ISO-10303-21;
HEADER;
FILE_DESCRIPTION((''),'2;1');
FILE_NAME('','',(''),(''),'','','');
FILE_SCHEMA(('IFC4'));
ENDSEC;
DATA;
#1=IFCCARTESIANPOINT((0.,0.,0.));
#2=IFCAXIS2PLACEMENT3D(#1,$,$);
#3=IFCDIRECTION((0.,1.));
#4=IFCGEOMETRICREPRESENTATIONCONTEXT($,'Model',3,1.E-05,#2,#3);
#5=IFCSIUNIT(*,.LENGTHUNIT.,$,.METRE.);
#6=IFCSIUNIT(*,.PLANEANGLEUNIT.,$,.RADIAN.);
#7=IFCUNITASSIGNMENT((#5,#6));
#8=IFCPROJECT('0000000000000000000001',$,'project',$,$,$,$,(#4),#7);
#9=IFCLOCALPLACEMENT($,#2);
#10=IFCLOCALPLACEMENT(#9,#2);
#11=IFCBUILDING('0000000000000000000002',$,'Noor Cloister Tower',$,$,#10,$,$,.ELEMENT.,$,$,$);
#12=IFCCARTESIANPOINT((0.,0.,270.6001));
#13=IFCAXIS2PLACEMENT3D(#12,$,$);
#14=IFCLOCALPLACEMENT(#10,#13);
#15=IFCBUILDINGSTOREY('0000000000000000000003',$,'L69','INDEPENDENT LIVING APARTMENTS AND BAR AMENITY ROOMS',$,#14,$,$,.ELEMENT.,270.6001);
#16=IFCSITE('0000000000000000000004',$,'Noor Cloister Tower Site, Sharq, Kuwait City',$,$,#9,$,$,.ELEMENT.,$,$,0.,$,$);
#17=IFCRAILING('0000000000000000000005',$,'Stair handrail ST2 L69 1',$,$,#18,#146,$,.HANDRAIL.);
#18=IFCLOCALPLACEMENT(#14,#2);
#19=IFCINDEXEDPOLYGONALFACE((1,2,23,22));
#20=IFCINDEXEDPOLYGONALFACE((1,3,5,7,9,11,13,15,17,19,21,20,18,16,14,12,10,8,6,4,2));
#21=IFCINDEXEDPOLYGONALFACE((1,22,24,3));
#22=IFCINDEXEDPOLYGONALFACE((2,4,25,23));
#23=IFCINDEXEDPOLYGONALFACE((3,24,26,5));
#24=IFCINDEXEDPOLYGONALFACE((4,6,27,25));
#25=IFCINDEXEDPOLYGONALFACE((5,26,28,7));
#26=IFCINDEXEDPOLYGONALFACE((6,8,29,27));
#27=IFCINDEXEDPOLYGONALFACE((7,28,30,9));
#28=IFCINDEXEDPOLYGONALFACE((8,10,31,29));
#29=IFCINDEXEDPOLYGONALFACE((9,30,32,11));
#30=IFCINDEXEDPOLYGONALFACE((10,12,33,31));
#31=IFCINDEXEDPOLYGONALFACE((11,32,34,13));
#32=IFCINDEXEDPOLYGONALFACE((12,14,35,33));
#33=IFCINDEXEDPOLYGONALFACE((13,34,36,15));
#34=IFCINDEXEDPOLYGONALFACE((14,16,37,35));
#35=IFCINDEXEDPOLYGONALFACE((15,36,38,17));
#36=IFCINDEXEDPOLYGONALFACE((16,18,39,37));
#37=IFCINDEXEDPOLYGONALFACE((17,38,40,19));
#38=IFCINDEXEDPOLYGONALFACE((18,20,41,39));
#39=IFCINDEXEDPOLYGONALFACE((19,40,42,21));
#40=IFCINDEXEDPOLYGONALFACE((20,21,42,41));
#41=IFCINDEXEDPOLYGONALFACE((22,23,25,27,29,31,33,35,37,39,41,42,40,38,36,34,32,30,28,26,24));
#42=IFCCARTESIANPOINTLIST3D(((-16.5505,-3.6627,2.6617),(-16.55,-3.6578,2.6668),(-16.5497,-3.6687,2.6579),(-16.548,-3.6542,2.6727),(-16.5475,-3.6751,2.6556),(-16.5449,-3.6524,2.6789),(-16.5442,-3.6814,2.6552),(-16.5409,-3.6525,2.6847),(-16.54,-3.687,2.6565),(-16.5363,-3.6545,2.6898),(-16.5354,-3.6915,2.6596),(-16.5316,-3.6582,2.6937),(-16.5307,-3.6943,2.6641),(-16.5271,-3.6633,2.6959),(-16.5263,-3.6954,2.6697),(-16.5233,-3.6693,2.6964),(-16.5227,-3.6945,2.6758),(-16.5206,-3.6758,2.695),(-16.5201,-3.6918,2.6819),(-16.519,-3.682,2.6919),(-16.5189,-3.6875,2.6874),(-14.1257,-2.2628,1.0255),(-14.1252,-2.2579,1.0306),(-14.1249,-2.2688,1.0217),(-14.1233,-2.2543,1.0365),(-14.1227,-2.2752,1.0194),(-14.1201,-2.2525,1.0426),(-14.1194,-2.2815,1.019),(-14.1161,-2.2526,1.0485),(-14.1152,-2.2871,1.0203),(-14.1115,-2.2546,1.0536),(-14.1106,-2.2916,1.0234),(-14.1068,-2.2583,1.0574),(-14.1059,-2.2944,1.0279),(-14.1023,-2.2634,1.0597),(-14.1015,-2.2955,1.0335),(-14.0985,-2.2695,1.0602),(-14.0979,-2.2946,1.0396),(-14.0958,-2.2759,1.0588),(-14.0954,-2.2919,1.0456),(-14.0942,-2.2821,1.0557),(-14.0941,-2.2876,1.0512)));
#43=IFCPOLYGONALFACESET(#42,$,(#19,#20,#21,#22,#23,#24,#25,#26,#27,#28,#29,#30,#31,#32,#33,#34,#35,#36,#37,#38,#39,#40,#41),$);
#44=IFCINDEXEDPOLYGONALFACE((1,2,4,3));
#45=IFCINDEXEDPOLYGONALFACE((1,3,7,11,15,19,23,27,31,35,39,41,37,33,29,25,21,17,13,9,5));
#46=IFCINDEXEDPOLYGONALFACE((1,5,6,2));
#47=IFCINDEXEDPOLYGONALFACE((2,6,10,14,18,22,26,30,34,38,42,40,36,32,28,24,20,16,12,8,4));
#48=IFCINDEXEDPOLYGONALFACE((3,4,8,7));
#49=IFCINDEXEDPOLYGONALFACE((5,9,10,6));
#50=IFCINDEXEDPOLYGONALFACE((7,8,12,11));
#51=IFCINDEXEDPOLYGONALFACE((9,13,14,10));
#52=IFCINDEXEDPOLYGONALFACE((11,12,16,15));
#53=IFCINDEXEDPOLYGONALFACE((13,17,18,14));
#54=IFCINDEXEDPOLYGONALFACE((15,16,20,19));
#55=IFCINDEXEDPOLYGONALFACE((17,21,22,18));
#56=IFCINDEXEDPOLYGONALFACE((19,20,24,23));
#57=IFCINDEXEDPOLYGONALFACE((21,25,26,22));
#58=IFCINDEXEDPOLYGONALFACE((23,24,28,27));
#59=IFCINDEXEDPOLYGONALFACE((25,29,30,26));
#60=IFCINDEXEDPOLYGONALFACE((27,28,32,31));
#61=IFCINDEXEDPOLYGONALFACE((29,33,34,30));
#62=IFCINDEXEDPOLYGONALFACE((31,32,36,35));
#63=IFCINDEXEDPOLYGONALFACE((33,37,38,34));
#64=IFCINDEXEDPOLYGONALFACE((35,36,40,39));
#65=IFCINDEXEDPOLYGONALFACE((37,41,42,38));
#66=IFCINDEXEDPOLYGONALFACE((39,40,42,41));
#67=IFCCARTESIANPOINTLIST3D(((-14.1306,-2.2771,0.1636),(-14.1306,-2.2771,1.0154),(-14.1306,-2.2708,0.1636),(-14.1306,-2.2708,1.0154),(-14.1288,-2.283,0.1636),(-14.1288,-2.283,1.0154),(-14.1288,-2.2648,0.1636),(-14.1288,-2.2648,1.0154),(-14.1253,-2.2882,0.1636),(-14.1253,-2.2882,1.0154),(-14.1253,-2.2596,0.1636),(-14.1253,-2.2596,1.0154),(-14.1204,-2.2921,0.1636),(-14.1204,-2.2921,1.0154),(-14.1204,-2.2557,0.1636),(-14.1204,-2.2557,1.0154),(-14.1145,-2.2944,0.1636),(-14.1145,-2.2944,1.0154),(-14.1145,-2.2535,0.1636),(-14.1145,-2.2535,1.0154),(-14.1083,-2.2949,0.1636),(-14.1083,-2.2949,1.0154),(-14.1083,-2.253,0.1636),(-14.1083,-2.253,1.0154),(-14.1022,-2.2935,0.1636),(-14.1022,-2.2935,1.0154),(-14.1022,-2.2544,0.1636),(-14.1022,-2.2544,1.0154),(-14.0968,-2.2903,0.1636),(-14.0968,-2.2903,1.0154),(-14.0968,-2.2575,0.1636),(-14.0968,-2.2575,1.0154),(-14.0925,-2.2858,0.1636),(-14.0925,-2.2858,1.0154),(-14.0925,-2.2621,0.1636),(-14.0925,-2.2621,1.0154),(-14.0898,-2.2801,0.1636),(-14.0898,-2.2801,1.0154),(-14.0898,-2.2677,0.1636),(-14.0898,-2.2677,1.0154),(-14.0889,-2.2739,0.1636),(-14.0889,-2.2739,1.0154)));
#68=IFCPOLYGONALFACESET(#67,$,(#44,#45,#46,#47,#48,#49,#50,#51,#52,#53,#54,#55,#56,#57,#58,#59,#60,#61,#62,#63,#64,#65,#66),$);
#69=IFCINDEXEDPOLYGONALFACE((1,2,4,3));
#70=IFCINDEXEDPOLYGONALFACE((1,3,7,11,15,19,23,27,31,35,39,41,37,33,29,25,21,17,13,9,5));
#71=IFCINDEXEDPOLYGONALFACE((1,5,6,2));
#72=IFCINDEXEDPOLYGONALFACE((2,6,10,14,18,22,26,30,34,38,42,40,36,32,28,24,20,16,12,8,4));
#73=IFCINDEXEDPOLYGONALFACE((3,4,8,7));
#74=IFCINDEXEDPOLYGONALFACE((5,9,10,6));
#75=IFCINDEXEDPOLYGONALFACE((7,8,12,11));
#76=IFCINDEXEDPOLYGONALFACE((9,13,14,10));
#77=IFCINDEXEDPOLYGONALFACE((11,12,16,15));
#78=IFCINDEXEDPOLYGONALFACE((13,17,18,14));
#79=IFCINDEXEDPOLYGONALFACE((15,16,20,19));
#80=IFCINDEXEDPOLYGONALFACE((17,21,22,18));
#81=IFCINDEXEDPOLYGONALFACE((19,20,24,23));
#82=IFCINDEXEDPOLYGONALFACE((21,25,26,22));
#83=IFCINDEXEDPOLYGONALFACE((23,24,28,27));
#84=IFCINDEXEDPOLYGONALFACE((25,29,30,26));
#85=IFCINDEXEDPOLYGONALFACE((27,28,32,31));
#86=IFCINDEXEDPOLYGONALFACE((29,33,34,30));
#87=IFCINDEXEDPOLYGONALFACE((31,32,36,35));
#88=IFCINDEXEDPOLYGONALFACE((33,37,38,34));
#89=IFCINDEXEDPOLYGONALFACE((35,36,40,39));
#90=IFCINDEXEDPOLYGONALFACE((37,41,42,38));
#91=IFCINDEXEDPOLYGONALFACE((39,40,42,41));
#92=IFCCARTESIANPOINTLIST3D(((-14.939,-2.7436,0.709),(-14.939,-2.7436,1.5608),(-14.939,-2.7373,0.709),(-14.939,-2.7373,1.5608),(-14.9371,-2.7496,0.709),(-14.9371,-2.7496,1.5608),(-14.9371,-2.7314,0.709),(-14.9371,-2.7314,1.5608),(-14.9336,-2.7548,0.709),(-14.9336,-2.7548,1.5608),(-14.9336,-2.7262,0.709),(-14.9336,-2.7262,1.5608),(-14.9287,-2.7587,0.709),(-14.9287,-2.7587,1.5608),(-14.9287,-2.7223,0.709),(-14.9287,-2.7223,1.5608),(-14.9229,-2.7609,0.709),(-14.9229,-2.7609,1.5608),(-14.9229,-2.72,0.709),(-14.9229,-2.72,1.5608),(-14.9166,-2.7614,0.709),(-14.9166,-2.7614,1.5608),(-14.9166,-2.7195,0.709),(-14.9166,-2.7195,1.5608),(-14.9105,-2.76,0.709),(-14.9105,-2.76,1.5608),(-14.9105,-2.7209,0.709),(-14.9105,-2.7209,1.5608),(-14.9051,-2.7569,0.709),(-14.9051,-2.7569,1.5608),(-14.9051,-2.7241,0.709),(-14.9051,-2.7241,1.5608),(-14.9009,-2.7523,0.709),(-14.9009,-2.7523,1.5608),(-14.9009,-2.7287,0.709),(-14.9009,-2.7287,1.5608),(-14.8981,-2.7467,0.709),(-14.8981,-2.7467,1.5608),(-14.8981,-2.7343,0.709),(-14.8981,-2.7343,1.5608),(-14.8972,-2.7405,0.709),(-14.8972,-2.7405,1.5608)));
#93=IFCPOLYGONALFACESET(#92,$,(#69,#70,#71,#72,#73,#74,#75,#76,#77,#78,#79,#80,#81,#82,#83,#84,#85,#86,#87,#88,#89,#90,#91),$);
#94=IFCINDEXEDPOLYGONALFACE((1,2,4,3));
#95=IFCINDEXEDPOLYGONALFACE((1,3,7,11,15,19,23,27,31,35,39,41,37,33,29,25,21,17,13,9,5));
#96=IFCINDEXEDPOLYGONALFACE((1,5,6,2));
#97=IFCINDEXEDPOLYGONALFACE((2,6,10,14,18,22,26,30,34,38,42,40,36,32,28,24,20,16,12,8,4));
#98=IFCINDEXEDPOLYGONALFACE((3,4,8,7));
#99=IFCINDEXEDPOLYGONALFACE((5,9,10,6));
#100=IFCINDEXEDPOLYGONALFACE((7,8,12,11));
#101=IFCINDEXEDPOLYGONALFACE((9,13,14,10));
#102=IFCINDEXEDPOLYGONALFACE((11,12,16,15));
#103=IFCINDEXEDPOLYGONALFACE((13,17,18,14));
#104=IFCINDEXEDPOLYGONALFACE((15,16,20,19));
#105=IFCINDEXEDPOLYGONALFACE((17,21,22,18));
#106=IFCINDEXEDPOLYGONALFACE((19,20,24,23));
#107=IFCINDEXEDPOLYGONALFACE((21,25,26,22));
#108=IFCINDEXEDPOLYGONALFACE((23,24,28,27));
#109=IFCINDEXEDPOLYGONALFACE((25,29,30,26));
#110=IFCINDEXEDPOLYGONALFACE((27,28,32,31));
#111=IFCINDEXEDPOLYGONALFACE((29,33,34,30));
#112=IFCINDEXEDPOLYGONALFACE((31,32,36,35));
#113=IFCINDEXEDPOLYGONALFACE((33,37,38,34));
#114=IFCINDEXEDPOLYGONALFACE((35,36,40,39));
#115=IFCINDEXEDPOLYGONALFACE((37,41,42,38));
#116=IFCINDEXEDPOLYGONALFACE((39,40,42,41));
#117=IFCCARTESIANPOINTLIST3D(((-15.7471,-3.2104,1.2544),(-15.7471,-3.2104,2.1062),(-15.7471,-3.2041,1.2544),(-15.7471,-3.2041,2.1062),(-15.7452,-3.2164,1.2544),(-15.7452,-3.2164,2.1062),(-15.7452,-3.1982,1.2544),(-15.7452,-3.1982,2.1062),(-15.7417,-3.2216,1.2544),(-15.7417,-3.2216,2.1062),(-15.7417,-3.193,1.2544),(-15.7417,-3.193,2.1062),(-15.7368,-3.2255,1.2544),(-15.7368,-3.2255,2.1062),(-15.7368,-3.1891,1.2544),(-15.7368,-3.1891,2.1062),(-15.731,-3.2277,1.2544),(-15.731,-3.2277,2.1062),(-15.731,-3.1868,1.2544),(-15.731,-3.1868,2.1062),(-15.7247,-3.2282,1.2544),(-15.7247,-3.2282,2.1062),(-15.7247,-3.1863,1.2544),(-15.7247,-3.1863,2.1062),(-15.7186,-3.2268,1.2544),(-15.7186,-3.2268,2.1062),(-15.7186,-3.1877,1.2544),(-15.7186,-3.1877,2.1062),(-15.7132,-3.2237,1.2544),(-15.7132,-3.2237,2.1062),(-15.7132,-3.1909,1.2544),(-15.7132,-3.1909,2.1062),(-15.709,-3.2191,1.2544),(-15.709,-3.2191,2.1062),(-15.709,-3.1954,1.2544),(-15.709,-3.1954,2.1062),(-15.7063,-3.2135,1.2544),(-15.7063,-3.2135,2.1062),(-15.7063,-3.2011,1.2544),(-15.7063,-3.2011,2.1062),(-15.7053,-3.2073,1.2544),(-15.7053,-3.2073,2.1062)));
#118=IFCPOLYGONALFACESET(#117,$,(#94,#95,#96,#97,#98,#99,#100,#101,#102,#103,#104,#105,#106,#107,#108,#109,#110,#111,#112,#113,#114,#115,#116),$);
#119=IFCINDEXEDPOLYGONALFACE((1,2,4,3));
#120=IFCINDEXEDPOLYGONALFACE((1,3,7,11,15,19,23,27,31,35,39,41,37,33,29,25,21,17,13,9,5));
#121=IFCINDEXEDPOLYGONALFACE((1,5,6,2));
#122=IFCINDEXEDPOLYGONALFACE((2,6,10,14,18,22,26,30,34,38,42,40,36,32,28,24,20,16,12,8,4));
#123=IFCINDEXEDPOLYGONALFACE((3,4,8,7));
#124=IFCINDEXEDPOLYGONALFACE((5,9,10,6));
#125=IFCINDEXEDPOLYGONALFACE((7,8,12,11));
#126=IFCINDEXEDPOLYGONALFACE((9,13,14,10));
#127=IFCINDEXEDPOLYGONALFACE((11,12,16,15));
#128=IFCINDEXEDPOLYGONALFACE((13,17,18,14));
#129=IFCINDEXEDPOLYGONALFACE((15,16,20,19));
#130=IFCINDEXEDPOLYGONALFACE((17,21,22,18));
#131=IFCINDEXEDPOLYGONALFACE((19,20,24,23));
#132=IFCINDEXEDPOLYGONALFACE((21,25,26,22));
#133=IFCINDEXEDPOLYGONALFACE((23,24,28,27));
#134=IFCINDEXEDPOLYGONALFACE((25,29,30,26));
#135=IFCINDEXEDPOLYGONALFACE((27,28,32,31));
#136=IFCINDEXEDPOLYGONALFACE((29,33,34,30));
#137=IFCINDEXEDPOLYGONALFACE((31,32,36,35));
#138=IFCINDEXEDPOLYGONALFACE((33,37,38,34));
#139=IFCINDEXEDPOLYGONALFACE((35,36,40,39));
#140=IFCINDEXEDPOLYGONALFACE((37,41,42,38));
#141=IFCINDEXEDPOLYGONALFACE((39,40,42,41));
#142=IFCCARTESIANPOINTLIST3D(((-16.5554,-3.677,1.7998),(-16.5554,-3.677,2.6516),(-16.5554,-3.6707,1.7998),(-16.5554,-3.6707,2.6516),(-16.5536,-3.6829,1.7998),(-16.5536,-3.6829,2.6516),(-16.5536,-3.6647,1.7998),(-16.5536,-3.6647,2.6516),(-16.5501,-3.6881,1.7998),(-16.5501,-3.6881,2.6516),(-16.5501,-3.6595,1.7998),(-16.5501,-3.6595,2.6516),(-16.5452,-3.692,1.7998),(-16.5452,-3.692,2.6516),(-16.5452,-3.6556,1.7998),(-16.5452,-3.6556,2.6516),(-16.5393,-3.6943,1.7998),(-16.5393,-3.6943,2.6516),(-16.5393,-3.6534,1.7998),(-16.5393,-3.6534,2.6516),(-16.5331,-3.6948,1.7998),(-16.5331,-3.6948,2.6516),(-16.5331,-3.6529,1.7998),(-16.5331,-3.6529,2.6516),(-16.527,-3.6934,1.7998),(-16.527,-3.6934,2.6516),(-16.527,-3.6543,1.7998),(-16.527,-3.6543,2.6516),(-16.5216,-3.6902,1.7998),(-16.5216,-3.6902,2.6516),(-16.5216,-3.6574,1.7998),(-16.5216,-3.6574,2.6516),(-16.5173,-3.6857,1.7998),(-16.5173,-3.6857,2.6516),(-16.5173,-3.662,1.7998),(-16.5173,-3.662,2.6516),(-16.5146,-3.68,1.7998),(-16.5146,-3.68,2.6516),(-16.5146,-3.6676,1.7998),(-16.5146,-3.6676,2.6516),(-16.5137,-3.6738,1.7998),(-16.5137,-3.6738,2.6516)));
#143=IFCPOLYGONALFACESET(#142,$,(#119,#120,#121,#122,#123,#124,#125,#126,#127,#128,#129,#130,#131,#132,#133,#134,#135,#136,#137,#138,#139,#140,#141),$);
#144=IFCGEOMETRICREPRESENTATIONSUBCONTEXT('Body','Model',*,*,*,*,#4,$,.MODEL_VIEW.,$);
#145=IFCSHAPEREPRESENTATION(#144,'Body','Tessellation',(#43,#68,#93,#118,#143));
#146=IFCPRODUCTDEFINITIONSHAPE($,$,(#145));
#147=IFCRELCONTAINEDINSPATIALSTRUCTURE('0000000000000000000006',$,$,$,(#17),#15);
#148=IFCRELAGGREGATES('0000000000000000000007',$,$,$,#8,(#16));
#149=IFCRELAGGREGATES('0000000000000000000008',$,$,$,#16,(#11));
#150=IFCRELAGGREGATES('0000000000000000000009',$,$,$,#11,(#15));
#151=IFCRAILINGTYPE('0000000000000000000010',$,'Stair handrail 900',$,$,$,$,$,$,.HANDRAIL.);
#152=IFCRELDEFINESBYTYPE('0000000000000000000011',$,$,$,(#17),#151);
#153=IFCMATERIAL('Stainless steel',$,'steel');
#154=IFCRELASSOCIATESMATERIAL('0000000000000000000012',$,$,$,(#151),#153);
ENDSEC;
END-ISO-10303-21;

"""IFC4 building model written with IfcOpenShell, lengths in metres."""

from ifc_helpers import new_model, si_unit, direction, frame, origin, origin_2d, place, context, subcontext, project, spatial, circle, extrude, material, type_object, element, save


model = new_model("IFC4")

# Units and contexts
model_context = context("Model", 3, precision=1e-05, world=origin(), true_north=direction((0.0, 1.0)))
body_context = subcontext(model_context, "Body", "Model", "MODEL_VIEW")
ifc_project = project(units=[si_unit("LENGTHUNIT", "METRE"), si_unit("PLANEANGLEUNIT", "RADIAN")], contexts=[model_context])

# Site, building, storey
site_placement = place(None, origin())
site = spatial("IfcSite", under=ifc_project, at=site_placement, Name="Noor Cloister Tower Site, Sharq, Kuwait City", CompositionType="ELEMENT", RefElevation=0.0)
building_placement = place(site_placement, origin())
building = spatial("IfcBuilding", under=site, at=building_placement, Name="Noor Cloister Tower", CompositionType="ELEMENT")
storey_placement = place(building_placement, frame((0.0, 0.0, 270.6001)))
storey = spatial("IfcBuildingStorey", under=building, at=storey_placement, Name="L69", Description="INDEPENDENT LIVING APARTMENTS AND BAR AMENITY ROOMS", CompositionType="ELEMENT", Elevation=270.6001)

# Railing
ifc_material_1 = material(Name="Stainless steel", Category="steel")
railing_type_1 = type_object("IfcRailingType", Name="Stair handrail 900", PredefinedType="HANDRAIL", material=ifc_material_1)
railing_1_placement = place(storey_placement, frame((-14.1099, -2.2739, 0.1636)))
element("IfcRailing", 1, at=railing_1_placement, inside=storey, type_object=railing_type_1, Name="Stair handrail ST2 L69 1", PredefinedType="HANDRAIL", context=body_context, shape_type="SweptSolid", body=[
    extrude(circle(Radius=0.0239, at=origin_2d()), frame((0.0, 0.0, 0.876), z_axis=(-0.747718, -0.431677, 0.504552), x_axis=(0.499984, -0.866035, 0.0)), (0.0, 0.0, 1.0), 3.2429),
    extrude(circle(Radius=0.021, at=origin_2d()), origin(), (0.0, 0.0, 1.0), 0.8518),
    extrude(circle(Radius=0.021, at=origin_2d()), frame((-0.8083, -0.4666, 0.5454)), (0.0, 0.0, 1.0), 0.8518),
    extrude(circle(Radius=0.021, at=origin_2d()), frame((-1.6165, -0.9333, 1.0908)), (0.0, 0.0, 1.0), 0.8518),
    extrude(circle(Radius=0.021, at=origin_2d()), frame((-2.4248, -1.3999, 1.6362)), (0.0, 0.0, 1.0), 0.8518),
])

save(model, "model.ifc")
